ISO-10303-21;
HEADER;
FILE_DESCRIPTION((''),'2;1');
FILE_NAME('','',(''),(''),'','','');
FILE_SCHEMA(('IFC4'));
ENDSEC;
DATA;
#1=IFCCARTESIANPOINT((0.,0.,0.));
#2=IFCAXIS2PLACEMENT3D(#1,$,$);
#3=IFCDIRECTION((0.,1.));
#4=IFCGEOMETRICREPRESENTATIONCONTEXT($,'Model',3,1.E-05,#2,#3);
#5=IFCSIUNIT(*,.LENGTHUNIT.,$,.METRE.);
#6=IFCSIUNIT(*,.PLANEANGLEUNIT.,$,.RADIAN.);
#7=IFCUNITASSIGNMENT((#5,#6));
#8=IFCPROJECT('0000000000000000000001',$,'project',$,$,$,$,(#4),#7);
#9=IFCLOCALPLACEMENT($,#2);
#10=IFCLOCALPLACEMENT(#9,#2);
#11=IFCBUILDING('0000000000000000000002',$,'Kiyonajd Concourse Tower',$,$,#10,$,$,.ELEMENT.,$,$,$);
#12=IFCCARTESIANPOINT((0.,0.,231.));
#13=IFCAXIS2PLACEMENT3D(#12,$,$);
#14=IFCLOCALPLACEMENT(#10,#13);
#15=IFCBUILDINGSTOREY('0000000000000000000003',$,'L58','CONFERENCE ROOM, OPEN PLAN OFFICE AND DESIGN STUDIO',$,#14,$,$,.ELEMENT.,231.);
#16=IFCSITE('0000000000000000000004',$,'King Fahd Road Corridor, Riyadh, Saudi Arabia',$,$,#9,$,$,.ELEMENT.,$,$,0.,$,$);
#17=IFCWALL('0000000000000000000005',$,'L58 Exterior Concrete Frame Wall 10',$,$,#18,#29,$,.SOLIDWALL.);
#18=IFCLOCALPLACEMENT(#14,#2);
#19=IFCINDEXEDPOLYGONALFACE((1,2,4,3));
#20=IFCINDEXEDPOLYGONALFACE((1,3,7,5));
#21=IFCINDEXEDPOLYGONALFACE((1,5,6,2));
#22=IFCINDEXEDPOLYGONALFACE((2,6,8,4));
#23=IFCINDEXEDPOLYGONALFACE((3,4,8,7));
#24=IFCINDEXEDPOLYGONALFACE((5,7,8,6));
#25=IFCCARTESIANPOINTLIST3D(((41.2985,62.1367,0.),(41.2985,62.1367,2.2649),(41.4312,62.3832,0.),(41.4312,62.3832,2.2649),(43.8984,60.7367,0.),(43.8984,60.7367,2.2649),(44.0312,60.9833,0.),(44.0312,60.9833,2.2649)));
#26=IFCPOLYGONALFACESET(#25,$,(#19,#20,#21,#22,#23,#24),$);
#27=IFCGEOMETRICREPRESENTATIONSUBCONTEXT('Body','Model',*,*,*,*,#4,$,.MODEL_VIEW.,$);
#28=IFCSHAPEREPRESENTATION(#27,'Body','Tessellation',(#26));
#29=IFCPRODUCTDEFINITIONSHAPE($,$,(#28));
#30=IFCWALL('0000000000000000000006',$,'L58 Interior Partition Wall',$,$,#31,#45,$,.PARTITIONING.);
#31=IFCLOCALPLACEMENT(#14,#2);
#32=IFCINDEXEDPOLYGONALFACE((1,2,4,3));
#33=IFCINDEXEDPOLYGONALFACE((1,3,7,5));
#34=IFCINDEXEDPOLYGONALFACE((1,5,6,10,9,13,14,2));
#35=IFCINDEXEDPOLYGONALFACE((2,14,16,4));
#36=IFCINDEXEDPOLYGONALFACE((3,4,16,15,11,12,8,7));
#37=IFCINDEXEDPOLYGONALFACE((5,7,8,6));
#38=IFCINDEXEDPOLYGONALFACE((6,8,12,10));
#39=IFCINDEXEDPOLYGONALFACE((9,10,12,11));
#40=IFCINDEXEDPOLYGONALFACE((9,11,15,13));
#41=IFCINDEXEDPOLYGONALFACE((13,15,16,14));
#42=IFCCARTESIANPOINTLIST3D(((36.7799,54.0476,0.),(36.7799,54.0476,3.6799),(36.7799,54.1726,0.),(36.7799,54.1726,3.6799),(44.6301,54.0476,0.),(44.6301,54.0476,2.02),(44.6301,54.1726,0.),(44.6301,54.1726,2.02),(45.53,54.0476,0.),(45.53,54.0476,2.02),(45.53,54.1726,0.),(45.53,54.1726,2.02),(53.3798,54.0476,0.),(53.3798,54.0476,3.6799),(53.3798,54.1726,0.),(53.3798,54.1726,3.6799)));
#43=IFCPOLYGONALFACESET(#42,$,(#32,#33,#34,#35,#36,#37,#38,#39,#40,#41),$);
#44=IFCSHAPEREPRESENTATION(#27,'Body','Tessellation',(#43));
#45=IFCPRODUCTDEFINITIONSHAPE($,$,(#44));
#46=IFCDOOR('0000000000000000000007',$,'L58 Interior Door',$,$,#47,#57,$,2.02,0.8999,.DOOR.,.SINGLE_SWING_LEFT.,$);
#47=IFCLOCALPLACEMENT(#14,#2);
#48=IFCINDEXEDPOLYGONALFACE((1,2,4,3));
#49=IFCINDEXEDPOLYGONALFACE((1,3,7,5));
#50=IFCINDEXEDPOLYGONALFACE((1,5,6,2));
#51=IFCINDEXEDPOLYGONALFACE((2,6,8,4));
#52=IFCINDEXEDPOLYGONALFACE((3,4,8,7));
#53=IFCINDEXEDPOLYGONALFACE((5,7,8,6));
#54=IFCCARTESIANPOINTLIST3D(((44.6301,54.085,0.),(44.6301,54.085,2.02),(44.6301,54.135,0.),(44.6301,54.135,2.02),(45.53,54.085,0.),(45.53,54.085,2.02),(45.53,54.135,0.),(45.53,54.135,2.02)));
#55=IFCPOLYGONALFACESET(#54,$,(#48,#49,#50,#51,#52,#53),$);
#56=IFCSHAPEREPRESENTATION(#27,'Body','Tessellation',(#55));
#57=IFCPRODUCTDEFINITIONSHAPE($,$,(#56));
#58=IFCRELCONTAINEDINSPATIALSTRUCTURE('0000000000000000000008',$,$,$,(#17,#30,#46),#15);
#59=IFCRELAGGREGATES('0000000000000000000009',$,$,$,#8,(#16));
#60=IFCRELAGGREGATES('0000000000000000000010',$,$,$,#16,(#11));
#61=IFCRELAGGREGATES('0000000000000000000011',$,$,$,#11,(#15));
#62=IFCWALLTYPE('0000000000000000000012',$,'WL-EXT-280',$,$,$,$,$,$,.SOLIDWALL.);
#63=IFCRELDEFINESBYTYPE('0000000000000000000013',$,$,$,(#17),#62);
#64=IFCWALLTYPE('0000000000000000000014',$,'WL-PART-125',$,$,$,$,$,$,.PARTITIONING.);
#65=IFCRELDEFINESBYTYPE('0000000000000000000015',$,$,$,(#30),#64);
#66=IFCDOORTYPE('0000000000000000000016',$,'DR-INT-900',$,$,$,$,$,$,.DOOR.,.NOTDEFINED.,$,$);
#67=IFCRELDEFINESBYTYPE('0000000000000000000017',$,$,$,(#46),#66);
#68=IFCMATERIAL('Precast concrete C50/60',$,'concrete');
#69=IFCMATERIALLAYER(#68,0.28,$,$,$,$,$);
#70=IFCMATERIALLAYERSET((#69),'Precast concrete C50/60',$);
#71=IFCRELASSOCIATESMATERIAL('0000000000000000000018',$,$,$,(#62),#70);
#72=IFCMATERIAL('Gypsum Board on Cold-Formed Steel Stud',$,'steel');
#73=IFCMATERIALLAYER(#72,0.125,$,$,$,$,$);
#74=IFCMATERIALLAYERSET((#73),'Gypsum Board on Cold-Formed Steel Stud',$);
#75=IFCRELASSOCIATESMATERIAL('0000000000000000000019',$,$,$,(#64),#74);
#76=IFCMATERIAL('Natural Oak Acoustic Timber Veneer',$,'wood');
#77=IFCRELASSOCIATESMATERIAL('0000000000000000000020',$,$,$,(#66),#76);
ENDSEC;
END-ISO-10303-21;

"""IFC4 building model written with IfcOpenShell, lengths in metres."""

from ifc_helpers import new_model, si_unit, direction, frame, frame_2d, origin, place, context, subcontext, project, spatial, rectangle, extrude, material, layer, layer_set, type_object, element, fill, save


model = new_model("IFC4")

# Units and contexts
model_context = context("Model", 3, precision=1e-05, world=origin(), true_north=direction((0.0, 1.0)))
body_context = subcontext(model_context, "Body", "Model", "MODEL_VIEW")
ifc_project = project(units=[si_unit("LENGTHUNIT", "METRE"), si_unit("PLANEANGLEUNIT", "RADIAN")], contexts=[model_context])

# Site, building, storey
site_placement = place(None, origin())
site = spatial("IfcSite", under=ifc_project, at=site_placement, Name="King Fahd Road Corridor, Riyadh, Saudi Arabia", CompositionType="ELEMENT", RefElevation=0.0)
building_placement = place(site_placement, origin())
building = spatial("IfcBuilding", under=site, at=building_placement, Name="Kiyonajd Concourse Tower", CompositionType="ELEMENT")
storey_placement = place(building_placement, frame((0.0, 0.0, 231.0)))
storey = spatial("IfcBuildingStorey", under=building, at=storey_placement, Name="L58", Description="CONFERENCE ROOM, OPEN PLAN OFFICE AND DESIGN STUDIO", CompositionType="ELEMENT", Elevation=231.0)

# Wall
ifc_material_1 = material(Name="Precast concrete C50/60", Category="concrete")
ifc_layer_1 = layer(ifc_material_1, 0.28)
ifc_layer_set_1 = layer_set([ifc_layer_1], Name="Precast concrete C50/60")
wall_type_1 = type_object("IfcWallType", Name="WL-EXT-280", PredefinedType="SOLIDWALL", material=ifc_layer_set_1)
wall_1_placement = place(storey_placement, frame((41.3647, 62.26, 0.0), z_axis=(0.0, 0.0, 1.0), x_axis=(0.880474, -0.474095, 0.0)))
element("IfcWall", 1, at=wall_1_placement, inside=storey, type_object=wall_type_1, Name="L58 Exterior Concrete Frame Wall 10", PredefinedType="SOLIDWALL", context=body_context, shape_type="SweptSolid", body=[
    extrude(rectangle(XDim=2.9529, YDim=0.28, at=frame_2d((1.4766, 0.0))), origin(), (0.0, 0.0, 1.0), 2.2649),
])

# Wall, opening, door
ifc_material_2 = material(Name="Gypsum Board on Cold-Formed Steel Stud", Category="steel")
ifc_layer_2 = layer(ifc_material_2, 0.125)
ifc_layer_set_2 = layer_set([ifc_layer_2], Name="Gypsum Board on Cold-Formed Steel Stud")
wall_type_2 = type_object("IfcWallType", Name="WL-PART-125", PredefinedType="PARTITIONING", material=ifc_layer_set_2)
wall_2_placement = place(storey_placement, frame((36.78, 54.1101, 0.0), z_axis=(0.0, 0.0, 1.0), x_axis=(1.0, 0.0, 0.0)))
wall_2 = element("IfcWall", 2, at=wall_2_placement, inside=storey, type_object=wall_type_2, Name="L58 Interior Partition Wall", PredefinedType="PARTITIONING", context=body_context, shape_type="SweptSolid", body=[
    extrude(rectangle(XDim=16.5999, YDim=0.125, at=frame_2d((8.2998, 0.0))), origin(), (0.0, 0.0, 1.0), 3.6799),
])
opening_placement = place(wall_2_placement, frame((7.8501, 0.0, 0.0)))
opening = element("IfcOpeningElement", 3, at=opening_placement, cuts=wall_2, PredefinedType="OPENING", context=body_context, shape_type="SweptSolid", body=[
    extrude(rectangle(XDim=0.8999, YDim=2.02, at=frame_2d((0.45, 1.01))), frame((0.0, 0.0725, 0.0), z_axis=(0.0, -1.0, 0.0), x_axis=(1.0, 0.0, 0.0)), (0.0, 0.0, 1.0), 0.145),
])
ifc_material_3 = material(Name="Natural Oak Acoustic Timber Veneer", Category="wood")
door_type = type_object("IfcDoorType", Name="DR-INT-900", OperationType="NOTDEFINED", PredefinedType="DOOR", material=ifc_material_3)
door_placement = place(opening_placement, origin())
door = element("IfcDoor", 4, at=door_placement, inside=storey, type_object=door_type, Name="L58 Interior Door", OperationType="SINGLE_SWING_LEFT", OverallHeight=2.02, OverallWidth=0.8999, PredefinedType="DOOR", context=body_context, shape_type="SweptSolid", body=[
    extrude(rectangle(XDim=0.8999, YDim=2.02, at=frame_2d((0.45, 1.01))), frame((0.0, 0.0249, 0.0), z_axis=(0.0, -1.0, 0.0), x_axis=(1.0, 0.0, 0.0)), (0.0, 0.0, 1.0), 0.05),
])
fill(opening, door)

save(model, "model.ifc")
